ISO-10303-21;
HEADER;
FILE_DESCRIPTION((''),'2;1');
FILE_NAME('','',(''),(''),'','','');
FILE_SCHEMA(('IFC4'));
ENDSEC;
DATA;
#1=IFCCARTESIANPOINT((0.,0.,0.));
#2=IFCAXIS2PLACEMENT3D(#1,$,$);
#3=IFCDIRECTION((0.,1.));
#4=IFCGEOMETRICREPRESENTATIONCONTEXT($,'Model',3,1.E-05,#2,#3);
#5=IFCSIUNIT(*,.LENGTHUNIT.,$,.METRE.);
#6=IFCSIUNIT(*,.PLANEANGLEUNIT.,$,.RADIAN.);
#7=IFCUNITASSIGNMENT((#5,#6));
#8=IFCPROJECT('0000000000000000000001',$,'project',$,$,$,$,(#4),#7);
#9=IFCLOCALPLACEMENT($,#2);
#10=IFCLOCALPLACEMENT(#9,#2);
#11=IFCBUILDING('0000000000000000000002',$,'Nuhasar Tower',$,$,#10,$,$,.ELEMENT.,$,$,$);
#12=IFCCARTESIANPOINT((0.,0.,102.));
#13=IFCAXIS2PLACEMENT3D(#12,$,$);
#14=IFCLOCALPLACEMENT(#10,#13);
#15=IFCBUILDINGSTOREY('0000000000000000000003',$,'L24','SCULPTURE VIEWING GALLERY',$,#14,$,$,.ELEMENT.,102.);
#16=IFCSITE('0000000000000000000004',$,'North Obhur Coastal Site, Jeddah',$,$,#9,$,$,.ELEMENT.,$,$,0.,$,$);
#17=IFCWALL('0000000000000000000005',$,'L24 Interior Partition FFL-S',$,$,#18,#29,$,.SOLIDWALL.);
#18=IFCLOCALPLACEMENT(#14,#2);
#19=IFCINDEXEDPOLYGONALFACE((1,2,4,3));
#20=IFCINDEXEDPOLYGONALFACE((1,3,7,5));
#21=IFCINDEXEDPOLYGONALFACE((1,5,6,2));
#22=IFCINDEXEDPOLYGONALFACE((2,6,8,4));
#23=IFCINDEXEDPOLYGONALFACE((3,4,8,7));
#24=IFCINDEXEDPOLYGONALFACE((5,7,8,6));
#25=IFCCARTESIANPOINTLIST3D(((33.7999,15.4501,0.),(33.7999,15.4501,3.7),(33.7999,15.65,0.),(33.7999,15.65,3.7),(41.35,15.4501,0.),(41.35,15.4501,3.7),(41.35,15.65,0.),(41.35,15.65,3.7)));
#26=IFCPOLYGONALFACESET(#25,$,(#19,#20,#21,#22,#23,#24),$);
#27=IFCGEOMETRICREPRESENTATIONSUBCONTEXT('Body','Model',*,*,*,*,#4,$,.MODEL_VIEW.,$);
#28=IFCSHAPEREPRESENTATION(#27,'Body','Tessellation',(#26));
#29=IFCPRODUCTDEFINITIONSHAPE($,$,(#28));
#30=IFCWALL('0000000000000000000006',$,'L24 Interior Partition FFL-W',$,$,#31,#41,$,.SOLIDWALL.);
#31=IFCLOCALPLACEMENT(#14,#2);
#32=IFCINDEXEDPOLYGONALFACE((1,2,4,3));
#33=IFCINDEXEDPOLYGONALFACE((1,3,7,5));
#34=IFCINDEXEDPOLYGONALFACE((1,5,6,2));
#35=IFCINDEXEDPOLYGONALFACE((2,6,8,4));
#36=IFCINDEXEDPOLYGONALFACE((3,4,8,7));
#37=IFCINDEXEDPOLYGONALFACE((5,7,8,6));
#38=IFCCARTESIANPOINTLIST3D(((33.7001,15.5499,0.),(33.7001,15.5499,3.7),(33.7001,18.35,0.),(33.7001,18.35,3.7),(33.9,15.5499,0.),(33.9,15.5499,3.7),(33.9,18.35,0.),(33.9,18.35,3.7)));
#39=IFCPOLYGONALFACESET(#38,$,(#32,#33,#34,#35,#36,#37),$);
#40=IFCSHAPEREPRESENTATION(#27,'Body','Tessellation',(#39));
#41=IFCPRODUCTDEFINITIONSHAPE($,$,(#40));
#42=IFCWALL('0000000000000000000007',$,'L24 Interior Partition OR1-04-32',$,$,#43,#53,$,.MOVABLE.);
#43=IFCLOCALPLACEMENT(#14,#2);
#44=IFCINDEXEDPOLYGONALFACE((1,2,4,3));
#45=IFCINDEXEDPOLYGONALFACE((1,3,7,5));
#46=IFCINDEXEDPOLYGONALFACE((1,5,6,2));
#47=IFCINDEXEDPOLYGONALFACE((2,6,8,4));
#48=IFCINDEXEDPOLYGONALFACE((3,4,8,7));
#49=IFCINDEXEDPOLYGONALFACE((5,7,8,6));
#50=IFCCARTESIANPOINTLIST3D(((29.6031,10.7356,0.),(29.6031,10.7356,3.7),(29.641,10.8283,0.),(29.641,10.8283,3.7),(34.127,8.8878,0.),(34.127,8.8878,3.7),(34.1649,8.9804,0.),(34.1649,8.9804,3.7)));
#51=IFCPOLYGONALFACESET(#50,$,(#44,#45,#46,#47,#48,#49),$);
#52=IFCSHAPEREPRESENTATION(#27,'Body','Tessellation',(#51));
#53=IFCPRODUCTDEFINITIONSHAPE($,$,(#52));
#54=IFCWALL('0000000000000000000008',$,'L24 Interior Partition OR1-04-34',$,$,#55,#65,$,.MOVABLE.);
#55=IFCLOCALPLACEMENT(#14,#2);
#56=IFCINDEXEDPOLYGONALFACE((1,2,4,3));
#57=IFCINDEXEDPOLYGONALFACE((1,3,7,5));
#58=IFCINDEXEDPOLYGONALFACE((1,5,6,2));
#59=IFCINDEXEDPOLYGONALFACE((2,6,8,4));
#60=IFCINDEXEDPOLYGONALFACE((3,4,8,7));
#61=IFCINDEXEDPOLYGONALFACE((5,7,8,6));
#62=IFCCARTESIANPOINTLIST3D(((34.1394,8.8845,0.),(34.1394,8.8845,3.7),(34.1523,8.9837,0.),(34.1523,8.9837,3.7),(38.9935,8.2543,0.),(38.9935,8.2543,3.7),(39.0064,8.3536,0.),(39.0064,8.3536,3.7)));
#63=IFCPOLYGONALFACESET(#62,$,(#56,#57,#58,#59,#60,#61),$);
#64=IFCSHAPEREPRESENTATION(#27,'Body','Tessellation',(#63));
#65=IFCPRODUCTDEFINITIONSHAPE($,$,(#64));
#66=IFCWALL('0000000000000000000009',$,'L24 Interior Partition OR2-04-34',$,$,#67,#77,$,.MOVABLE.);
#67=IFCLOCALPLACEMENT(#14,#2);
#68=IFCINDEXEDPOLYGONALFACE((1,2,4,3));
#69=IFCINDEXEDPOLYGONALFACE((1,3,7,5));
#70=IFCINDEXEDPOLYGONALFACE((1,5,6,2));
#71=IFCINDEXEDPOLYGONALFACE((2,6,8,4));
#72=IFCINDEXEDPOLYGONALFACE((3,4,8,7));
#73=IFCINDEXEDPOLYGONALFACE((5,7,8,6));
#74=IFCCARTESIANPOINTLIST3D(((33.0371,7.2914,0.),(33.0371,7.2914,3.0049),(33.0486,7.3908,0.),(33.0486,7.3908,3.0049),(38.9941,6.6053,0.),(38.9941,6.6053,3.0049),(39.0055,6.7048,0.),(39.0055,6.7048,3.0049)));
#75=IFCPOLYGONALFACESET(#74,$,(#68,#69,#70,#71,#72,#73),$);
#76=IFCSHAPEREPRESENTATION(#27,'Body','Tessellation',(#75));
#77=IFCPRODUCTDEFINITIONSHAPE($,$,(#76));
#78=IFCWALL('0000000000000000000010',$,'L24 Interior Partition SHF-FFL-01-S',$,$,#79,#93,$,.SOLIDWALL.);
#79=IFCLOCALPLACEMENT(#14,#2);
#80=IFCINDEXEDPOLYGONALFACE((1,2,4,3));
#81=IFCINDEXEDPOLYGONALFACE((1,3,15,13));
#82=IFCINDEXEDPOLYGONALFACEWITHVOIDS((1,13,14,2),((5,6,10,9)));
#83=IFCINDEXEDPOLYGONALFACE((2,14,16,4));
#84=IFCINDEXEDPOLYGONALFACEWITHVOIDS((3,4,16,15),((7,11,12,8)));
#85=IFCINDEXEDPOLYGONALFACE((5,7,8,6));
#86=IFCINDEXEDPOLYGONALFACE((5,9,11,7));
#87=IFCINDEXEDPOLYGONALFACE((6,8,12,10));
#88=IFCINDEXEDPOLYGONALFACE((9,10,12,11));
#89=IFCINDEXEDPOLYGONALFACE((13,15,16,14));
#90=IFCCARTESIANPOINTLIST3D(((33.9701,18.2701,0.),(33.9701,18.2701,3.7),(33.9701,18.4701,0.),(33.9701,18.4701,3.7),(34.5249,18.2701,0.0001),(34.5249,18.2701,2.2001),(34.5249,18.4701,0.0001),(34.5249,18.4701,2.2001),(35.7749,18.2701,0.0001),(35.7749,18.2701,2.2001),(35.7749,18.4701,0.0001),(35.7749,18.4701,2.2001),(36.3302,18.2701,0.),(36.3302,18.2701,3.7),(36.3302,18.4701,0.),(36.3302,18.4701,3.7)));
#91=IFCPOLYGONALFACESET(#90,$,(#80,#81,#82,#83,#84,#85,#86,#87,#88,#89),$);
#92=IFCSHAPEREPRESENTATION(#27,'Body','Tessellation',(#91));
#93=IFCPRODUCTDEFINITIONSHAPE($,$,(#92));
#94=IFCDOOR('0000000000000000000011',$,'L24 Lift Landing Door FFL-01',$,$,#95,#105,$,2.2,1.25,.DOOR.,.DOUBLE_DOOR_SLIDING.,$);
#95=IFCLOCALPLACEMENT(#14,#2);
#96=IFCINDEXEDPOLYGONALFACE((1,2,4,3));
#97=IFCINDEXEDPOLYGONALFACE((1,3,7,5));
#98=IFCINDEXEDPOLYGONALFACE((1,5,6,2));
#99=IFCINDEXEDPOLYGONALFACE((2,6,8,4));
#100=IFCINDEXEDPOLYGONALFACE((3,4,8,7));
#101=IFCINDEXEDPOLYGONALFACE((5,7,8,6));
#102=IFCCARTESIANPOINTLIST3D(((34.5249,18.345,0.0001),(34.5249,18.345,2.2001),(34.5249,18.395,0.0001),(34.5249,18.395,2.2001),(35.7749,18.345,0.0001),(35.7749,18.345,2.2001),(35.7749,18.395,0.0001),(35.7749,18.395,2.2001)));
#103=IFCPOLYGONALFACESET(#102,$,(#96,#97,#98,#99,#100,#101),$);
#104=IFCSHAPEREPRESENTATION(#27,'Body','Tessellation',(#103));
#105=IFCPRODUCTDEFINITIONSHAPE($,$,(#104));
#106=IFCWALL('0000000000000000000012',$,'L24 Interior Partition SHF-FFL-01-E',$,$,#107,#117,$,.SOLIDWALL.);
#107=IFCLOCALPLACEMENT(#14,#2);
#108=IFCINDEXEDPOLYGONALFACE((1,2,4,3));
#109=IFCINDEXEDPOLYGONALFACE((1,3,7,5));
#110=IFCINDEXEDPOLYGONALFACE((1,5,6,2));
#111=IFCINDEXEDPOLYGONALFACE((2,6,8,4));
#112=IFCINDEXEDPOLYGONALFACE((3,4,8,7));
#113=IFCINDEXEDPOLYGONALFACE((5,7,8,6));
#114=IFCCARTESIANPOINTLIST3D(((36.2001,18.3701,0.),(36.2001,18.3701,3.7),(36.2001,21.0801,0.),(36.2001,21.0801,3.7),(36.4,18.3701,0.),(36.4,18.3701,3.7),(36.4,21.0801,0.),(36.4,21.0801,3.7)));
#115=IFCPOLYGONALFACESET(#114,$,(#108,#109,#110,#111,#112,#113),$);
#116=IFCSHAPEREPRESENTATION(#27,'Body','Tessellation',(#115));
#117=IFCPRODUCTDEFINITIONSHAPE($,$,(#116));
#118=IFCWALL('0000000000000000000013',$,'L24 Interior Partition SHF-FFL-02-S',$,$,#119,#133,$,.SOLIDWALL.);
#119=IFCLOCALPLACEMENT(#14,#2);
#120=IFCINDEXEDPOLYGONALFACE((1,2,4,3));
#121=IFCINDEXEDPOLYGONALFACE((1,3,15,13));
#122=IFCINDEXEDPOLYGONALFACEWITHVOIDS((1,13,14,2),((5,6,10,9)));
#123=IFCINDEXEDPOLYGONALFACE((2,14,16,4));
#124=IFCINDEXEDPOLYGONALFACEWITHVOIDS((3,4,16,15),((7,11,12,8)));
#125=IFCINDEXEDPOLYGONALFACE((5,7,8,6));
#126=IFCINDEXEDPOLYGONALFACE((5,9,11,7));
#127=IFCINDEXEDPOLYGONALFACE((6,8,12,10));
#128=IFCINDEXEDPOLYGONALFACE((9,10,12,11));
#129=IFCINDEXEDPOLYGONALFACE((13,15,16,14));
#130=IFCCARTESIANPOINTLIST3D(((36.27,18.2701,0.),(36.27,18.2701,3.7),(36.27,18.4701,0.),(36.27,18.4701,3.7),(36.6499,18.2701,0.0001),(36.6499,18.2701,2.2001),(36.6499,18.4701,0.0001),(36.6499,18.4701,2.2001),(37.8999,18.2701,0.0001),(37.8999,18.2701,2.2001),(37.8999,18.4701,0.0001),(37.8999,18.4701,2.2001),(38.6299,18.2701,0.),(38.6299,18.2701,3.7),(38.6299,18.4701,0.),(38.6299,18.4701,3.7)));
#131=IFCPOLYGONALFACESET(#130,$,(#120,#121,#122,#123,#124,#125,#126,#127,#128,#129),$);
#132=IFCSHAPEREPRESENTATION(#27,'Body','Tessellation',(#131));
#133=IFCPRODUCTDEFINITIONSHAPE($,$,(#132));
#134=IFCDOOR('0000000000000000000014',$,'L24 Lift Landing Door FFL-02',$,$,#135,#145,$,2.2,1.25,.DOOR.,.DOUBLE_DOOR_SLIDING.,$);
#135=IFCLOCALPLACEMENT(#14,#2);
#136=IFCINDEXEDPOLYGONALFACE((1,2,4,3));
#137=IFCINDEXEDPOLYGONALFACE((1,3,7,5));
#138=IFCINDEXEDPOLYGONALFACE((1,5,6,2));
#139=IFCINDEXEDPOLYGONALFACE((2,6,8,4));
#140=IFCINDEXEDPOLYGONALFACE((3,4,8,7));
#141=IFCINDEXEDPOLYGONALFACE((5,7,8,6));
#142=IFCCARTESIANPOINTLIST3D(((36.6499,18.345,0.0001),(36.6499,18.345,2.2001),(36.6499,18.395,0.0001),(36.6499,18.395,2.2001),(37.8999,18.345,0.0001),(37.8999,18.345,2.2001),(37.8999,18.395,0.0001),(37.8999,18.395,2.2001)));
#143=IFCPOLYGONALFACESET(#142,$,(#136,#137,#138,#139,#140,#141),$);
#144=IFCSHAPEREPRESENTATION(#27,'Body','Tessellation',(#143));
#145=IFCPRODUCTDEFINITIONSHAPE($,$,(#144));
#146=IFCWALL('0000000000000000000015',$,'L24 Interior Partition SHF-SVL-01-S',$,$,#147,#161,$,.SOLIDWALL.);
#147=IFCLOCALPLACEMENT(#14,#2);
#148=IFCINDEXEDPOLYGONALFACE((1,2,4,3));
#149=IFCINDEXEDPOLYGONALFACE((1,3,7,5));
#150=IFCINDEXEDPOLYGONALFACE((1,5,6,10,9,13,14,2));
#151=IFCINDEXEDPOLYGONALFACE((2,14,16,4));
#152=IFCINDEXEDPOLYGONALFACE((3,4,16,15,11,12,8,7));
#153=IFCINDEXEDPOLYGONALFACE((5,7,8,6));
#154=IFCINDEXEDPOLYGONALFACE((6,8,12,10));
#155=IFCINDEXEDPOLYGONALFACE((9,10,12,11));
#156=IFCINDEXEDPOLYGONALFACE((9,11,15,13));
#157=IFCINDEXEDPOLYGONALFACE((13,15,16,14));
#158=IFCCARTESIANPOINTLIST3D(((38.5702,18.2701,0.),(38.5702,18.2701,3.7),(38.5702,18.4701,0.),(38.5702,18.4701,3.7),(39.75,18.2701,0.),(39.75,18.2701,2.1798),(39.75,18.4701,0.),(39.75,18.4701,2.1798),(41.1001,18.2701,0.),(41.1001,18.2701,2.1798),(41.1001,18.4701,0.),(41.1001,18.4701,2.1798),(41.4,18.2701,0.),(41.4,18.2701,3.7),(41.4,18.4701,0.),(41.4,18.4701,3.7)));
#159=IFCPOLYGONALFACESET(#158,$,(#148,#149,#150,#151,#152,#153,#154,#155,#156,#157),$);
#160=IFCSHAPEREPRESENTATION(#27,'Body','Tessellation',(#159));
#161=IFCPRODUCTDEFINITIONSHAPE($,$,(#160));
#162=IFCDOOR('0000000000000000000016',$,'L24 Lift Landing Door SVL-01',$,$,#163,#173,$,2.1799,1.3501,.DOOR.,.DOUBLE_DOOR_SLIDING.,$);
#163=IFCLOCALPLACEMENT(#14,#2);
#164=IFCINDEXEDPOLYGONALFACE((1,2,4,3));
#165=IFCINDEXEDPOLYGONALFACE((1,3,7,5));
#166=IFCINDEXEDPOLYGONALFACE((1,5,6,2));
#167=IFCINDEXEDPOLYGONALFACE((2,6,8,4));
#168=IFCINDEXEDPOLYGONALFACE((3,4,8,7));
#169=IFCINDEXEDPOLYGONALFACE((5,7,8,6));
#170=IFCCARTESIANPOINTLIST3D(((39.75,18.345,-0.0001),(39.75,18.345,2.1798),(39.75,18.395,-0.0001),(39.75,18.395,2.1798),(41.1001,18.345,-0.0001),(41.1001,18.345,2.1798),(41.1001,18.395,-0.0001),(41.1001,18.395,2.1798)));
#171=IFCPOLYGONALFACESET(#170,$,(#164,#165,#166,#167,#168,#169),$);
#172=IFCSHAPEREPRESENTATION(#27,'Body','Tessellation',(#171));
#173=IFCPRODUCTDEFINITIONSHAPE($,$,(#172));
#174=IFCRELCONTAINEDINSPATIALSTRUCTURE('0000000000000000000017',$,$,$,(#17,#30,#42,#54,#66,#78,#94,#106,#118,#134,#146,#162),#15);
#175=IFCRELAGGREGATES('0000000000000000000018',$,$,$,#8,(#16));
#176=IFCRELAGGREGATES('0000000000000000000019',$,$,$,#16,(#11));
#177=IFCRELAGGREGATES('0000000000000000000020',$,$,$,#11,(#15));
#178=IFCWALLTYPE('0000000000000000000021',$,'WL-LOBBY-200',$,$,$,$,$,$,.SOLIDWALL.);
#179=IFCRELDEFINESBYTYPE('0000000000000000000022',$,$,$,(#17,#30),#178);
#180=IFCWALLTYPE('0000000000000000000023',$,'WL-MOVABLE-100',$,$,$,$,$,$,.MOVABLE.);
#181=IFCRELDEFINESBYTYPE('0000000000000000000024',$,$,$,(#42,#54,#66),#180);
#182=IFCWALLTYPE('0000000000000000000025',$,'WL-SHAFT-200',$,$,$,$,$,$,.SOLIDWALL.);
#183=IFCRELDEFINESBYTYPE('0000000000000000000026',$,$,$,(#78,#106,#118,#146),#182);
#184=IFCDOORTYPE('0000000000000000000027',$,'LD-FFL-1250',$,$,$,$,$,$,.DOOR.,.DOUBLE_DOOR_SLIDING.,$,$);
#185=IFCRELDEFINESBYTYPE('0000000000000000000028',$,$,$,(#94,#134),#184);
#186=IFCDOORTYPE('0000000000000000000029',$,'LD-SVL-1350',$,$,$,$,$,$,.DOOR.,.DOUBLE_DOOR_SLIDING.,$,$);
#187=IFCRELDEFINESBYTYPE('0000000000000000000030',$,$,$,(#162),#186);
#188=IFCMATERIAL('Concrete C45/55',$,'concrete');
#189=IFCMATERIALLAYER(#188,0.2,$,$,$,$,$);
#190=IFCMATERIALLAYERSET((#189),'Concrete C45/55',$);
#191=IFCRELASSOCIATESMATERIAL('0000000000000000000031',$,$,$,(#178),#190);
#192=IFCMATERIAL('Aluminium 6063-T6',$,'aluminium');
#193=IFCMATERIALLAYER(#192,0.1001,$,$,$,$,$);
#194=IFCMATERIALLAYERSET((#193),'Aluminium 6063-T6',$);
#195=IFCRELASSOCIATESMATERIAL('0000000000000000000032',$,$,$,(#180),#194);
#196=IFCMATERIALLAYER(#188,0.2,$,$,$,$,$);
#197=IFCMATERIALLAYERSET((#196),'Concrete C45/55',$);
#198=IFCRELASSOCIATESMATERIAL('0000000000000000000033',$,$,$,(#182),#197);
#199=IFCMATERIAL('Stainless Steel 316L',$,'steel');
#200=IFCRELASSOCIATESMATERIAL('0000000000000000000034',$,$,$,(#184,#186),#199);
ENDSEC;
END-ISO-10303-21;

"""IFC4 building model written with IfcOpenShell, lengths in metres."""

from ifc_helpers import new_model, si_unit, direction, frame, frame_2d, origin, place, context, subcontext, project, spatial, rectangle, extrude, material, layer, layer_set, type_object, element, fill, save


model = new_model("IFC4")

# Units and contexts
model_context = context("Model", 3, precision=1e-05, world=origin(), true_north=direction((0.0, 1.0)))
body_context = subcontext(model_context, "Body", "Model", "MODEL_VIEW")
ifc_project = project(units=[si_unit("LENGTHUNIT", "METRE"), si_unit("PLANEANGLEUNIT", "RADIAN")], contexts=[model_context])

# Site, building, storey
site_placement = place(None, origin())
site = spatial("IfcSite", under=ifc_project, at=site_placement, Name="North Obhur Coastal Site, Jeddah", CompositionType="ELEMENT", RefElevation=0.0)
building_placement = place(site_placement, origin())
building = spatial("IfcBuilding", under=site, at=building_placement, Name="Nuhasar Tower", CompositionType="ELEMENT")
storey_placement = place(building_placement, frame((0.0, 0.0, 102.0)))
storey = spatial("IfcBuildingStorey", under=building, at=storey_placement, Name="L24", Description="SCULPTURE VIEWING GALLERY", CompositionType="ELEMENT", Elevation=102.0)

# Shared definitions
ifc_material_1 = material(Name="Aluminium 6063-T6", Category="aluminium")

# Walls
ifc_material_2 = material(Name="Concrete C45/55", Category="concrete")
ifc_layer_1 = layer(ifc_material_2, 0.2)
ifc_layer_set_1 = layer_set([ifc_layer_1], Name="Concrete C45/55")
wall_type_1 = type_object("IfcWallType", Name="WL-LOBBY-200", PredefinedType="SOLIDWALL", material=ifc_layer_set_1)
wall_1_placement = place(storey_placement, frame((33.8, 15.55, 0.0), z_axis=(0.0, 0.0, 1.0), x_axis=(1.0, 0.0, 0.0)))
element("IfcWall", 1, at=wall_1_placement, inside=storey, type_object=wall_type_1, Name="L24 Interior Partition FFL-S", PredefinedType="SOLIDWALL", context=body_context, shape_type="SweptSolid", body=[
    extrude(rectangle(XDim=7.55, YDim=0.2, at=frame_2d((3.7749, 0.0))), origin(), (0.0, 0.0, 1.0), 3.7),
])
wall_2_placement = place(storey_placement, frame((33.8, 15.55, 0.0), z_axis=(0.0, 0.0, 1.0), x_axis=(0.0, 1.0, 0.0)))
element("IfcWall", 2, at=wall_2_placement, inside=storey, type_object=wall_type_1, Name="L24 Interior Partition FFL-W", PredefinedType="SOLIDWALL", context=body_context, shape_type="SweptSolid", body=[
    extrude(rectangle(XDim=2.8, YDim=0.2, at=frame_2d((1.3999, 0.0))), origin(), (0.0, 0.0, 1.0), 3.7),
])
ifc_layer_2 = layer(ifc_material_1, 0.1001)
ifc_layer_set_2 = layer_set([ifc_layer_2], Name="Aluminium 6063-T6")
wall_type_2 = type_object("IfcWallType", Name="WL-MOVABLE-100", PredefinedType="MOVABLE", material=ifc_layer_set_2)
wall_3_placement = place(storey_placement, frame((29.6221, 10.782, 0.0), z_axis=(0.0, 0.0, 1.0), x_axis=(0.925747, -0.378143, 0.0)))
element("IfcWall", 3, at=wall_3_placement, inside=storey, type_object=wall_type_2, Name="L24 Interior Partition OR1-04-32", PredefinedType="MOVABLE", context=body_context, shape_type="SweptSolid", body=[
    extrude(rectangle(XDim=4.8867, YDim=0.1001, at=frame_2d((2.4434, 0.0))), origin(), (0.0, 0.0, 1.0), 3.7),
])
wall_4_placement = place(storey_placement, frame((34.146, 8.9341, 0.0), z_axis=(0.0, 0.0, 1.0), x_axis=(0.991679, -0.128736, 0.0)))
element("IfcWall", 4, at=wall_4_placement, inside=storey, type_object=wall_type_2, Name="L24 Interior Partition OR1-04-34", PredefinedType="MOVABLE", context=body_context, shape_type="SweptSolid", body=[
    extrude(rectangle(XDim=4.8948, YDim=0.1001, at=frame_2d((2.4473, 0.0))), origin(), (0.0, 0.0, 1.0), 3.7),
])
wall_5_placement = place(storey_placement, frame((33.043, 7.3411, 0.0), z_axis=(0.0, 0.0, 1.0), x_axis=(0.993434, -0.114408, 0.0)))
element("IfcWall", 5, at=wall_5_placement, inside=storey, type_object=wall_type_2, Name="L24 Interior Partition OR2-04-34", PredefinedType="MOVABLE", context=body_context, shape_type="SweptSolid", body=[
    extrude(rectangle(XDim=5.9963, YDim=0.1001, at=frame_2d((2.998, 0.0))), origin(), (0.0, 0.0, 1.0), 3.0049),
])

# Wall, opening, door
ifc_layer_3 = layer(ifc_material_2, 0.2)
ifc_layer_set_3 = layer_set([ifc_layer_3], Name="Concrete C45/55")
wall_type_3 = type_object("IfcWallType", Name="WL-SHAFT-200", PredefinedType="SOLIDWALL", material=ifc_layer_set_3)
wall_6_placement = place(storey_placement, frame((33.97, 18.3701, 0.0), z_axis=(0.0, 0.0, 1.0), x_axis=(1.0, 0.0, 0.0)))
wall_6 = element("IfcWall", 6, at=wall_6_placement, inside=storey, type_object=wall_type_3, Name="L24 Interior Partition SHF-FFL-01-S", PredefinedType="SOLIDWALL", context=body_context, shape_type="SweptSolid", body=[
    extrude(rectangle(XDim=2.3601, YDim=0.2, at=frame_2d((1.1802, 0.0))), origin(), (0.0, 0.0, 1.0), 3.7),
])
opening_1_placement = place(wall_6_placement, frame((0.5549, 0.0, 0.0)))
opening_1 = element("IfcOpeningElement", 7, at=opening_1_placement, cuts=wall_6, PredefinedType="OPENING", context=body_context, shape_type="SweptSolid", body=[
    extrude(rectangle(XDim=1.25, YDim=2.2, at=frame_2d((0.625, 1.1001))), frame((0.0, 0.1099, 0.0), z_axis=(0.0, -1.0, 0.0), x_axis=(1.0, 0.0, 0.0)), (0.0, 0.0, 1.0), 0.22),
])
ifc_material_3 = material(Name="Stainless Steel 316L", Category="steel")
door_type_1 = type_object("IfcDoorType", Name="LD-FFL-1250", OperationType="DOUBLE_DOOR_SLIDING", PredefinedType="DOOR", material=ifc_material_3)
door_1_placement = place(opening_1_placement, origin())
door_1 = element("IfcDoor", 8, at=door_1_placement, inside=storey, type_object=door_type_1, Name="L24 Lift Landing Door FFL-01", OperationType="DOUBLE_DOOR_SLIDING", OverallHeight=2.2, OverallWidth=1.25, PredefinedType="DOOR", context=body_context, shape_type="SweptSolid", body=[
    extrude(rectangle(XDim=1.25, YDim=2.2, at=frame_2d((0.625, 1.1001))), frame((0.0, 0.0249, 0.0), z_axis=(0.0, -1.0, 0.0), x_axis=(1.0, 0.0, 0.0)), (0.0, 0.0, 1.0), 0.05),
])
fill(opening_1, door_1)

# Wall
wall_7_placement = place(storey_placement, frame((36.3, 18.3701, 0.0), z_axis=(0.0, 0.0, 1.0), x_axis=(0.0, 1.0, 0.0)))
element("IfcWall", 9, at=wall_7_placement, inside=storey, type_object=wall_type_3, Name="L24 Interior Partition SHF-FFL-01-E", PredefinedType="SOLIDWALL", context=body_context, shape_type="SweptSolid", body=[
    extrude(rectangle(XDim=2.71, YDim=0.2, at=frame_2d((1.355, 0.0))), origin(), (0.0, 0.0, 1.0), 3.7),
])

# Walls, openings, doors
wall_8_placement = place(storey_placement, frame((36.27, 18.3701, 0.0), z_axis=(0.0, 0.0, 1.0), x_axis=(1.0, 0.0, 0.0)))
wall_8 = element("IfcWall", 10, at=wall_8_placement, inside=storey, type_object=wall_type_3, Name="L24 Interior Partition SHF-FFL-02-S", PredefinedType="SOLIDWALL", context=body_context, shape_type="SweptSolid", body=[
    extrude(rectangle(XDim=2.3599, YDim=0.2, at=frame_2d((1.1799, 0.0))), origin(), (0.0, 0.0, 1.0), 3.7),
])
opening_2_placement = place(wall_8_placement, frame((0.3799, 0.0, 0.0)))
opening_2 = element("IfcOpeningElement", 11, at=opening_2_placement, cuts=wall_8, PredefinedType="OPENING", context=body_context, shape_type="SweptSolid", body=[
    extrude(rectangle(XDim=1.25, YDim=2.2, at=frame_2d((0.625, 1.1001))), frame((0.0, 0.1099, 0.0), z_axis=(0.0, -1.0, 0.0), x_axis=(1.0, 0.0, 0.0)), (0.0, 0.0, 1.0), 0.22),
])
door_2_placement = place(opening_2_placement, origin())
door_2 = element("IfcDoor", 12, at=door_2_placement, inside=storey, type_object=door_type_1, Name="L24 Lift Landing Door FFL-02", OperationType="DOUBLE_DOOR_SLIDING", OverallHeight=2.2, OverallWidth=1.25, PredefinedType="DOOR", context=body_context, shape_type="SweptSolid", body=[
    extrude(rectangle(XDim=1.25, YDim=2.2, at=frame_2d((0.625, 1.1001))), frame((0.0, 0.0249, 0.0), z_axis=(0.0, -1.0, 0.0), x_axis=(1.0, 0.0, 0.0)), (0.0, 0.0, 1.0), 0.05),
])
fill(opening_2, door_2)
wall_9_placement = place(storey_placement, frame((38.5701, 18.3701, 0.0), z_axis=(0.0, 0.0, 1.0), x_axis=(1.0, 0.0, 0.0)))
wall_9 = element("IfcWall", 13, at=wall_9_placement, inside=storey, type_object=wall_type_3, Name="L24 Interior Partition SHF-SVL-01-S", PredefinedType="SOLIDWALL", context=body_context, shape_type="SweptSolid", body=[
    extrude(rectangle(XDim=2.8298, YDim=0.2, at=frame_2d((1.415, 0.0))), origin(), (0.0, 0.0, 1.0), 3.7),
])
opening_3_placement = place(wall_9_placement, frame((1.1799, 0.0, 0.0)))
opening_3 = element("IfcOpeningElement", 14, at=opening_3_placement, cuts=wall_9, PredefinedType="OPENING", context=body_context, shape_type="SweptSolid", body=[
    extrude(rectangle(XDim=1.3501, YDim=2.1799, at=frame_2d((0.675, 1.0898))), frame((0.0, 0.1099, 0.0), z_axis=(0.0, -1.0, 0.0), x_axis=(1.0, 0.0, 0.0)), (0.0, 0.0, 1.0), 0.22),
])
door_type_2 = type_object("IfcDoorType", Name="LD-SVL-1350", OperationType="DOUBLE_DOOR_SLIDING", PredefinedType="DOOR", material=ifc_material_3)
door_3_placement = place(opening_3_placement, origin())
door_3 = element("IfcDoor", 15, at=door_3_placement, inside=storey, type_object=door_type_2, Name="L24 Lift Landing Door SVL-01", OperationType="DOUBLE_DOOR_SLIDING", OverallHeight=2.1799, OverallWidth=1.3501, PredefinedType="DOOR", context=body_context, shape_type="SweptSolid", body=[
    extrude(rectangle(XDim=1.3501, YDim=2.1799, at=frame_2d((0.675, 1.0898))), frame((0.0, 0.0249, 0.0), z_axis=(0.0, -1.0, 0.0), x_axis=(1.0, 0.0, 0.0)), (0.0, 0.0, 1.0), 0.05),
])
fill(opening_3, door_3)

save(model, "model.ifc")
